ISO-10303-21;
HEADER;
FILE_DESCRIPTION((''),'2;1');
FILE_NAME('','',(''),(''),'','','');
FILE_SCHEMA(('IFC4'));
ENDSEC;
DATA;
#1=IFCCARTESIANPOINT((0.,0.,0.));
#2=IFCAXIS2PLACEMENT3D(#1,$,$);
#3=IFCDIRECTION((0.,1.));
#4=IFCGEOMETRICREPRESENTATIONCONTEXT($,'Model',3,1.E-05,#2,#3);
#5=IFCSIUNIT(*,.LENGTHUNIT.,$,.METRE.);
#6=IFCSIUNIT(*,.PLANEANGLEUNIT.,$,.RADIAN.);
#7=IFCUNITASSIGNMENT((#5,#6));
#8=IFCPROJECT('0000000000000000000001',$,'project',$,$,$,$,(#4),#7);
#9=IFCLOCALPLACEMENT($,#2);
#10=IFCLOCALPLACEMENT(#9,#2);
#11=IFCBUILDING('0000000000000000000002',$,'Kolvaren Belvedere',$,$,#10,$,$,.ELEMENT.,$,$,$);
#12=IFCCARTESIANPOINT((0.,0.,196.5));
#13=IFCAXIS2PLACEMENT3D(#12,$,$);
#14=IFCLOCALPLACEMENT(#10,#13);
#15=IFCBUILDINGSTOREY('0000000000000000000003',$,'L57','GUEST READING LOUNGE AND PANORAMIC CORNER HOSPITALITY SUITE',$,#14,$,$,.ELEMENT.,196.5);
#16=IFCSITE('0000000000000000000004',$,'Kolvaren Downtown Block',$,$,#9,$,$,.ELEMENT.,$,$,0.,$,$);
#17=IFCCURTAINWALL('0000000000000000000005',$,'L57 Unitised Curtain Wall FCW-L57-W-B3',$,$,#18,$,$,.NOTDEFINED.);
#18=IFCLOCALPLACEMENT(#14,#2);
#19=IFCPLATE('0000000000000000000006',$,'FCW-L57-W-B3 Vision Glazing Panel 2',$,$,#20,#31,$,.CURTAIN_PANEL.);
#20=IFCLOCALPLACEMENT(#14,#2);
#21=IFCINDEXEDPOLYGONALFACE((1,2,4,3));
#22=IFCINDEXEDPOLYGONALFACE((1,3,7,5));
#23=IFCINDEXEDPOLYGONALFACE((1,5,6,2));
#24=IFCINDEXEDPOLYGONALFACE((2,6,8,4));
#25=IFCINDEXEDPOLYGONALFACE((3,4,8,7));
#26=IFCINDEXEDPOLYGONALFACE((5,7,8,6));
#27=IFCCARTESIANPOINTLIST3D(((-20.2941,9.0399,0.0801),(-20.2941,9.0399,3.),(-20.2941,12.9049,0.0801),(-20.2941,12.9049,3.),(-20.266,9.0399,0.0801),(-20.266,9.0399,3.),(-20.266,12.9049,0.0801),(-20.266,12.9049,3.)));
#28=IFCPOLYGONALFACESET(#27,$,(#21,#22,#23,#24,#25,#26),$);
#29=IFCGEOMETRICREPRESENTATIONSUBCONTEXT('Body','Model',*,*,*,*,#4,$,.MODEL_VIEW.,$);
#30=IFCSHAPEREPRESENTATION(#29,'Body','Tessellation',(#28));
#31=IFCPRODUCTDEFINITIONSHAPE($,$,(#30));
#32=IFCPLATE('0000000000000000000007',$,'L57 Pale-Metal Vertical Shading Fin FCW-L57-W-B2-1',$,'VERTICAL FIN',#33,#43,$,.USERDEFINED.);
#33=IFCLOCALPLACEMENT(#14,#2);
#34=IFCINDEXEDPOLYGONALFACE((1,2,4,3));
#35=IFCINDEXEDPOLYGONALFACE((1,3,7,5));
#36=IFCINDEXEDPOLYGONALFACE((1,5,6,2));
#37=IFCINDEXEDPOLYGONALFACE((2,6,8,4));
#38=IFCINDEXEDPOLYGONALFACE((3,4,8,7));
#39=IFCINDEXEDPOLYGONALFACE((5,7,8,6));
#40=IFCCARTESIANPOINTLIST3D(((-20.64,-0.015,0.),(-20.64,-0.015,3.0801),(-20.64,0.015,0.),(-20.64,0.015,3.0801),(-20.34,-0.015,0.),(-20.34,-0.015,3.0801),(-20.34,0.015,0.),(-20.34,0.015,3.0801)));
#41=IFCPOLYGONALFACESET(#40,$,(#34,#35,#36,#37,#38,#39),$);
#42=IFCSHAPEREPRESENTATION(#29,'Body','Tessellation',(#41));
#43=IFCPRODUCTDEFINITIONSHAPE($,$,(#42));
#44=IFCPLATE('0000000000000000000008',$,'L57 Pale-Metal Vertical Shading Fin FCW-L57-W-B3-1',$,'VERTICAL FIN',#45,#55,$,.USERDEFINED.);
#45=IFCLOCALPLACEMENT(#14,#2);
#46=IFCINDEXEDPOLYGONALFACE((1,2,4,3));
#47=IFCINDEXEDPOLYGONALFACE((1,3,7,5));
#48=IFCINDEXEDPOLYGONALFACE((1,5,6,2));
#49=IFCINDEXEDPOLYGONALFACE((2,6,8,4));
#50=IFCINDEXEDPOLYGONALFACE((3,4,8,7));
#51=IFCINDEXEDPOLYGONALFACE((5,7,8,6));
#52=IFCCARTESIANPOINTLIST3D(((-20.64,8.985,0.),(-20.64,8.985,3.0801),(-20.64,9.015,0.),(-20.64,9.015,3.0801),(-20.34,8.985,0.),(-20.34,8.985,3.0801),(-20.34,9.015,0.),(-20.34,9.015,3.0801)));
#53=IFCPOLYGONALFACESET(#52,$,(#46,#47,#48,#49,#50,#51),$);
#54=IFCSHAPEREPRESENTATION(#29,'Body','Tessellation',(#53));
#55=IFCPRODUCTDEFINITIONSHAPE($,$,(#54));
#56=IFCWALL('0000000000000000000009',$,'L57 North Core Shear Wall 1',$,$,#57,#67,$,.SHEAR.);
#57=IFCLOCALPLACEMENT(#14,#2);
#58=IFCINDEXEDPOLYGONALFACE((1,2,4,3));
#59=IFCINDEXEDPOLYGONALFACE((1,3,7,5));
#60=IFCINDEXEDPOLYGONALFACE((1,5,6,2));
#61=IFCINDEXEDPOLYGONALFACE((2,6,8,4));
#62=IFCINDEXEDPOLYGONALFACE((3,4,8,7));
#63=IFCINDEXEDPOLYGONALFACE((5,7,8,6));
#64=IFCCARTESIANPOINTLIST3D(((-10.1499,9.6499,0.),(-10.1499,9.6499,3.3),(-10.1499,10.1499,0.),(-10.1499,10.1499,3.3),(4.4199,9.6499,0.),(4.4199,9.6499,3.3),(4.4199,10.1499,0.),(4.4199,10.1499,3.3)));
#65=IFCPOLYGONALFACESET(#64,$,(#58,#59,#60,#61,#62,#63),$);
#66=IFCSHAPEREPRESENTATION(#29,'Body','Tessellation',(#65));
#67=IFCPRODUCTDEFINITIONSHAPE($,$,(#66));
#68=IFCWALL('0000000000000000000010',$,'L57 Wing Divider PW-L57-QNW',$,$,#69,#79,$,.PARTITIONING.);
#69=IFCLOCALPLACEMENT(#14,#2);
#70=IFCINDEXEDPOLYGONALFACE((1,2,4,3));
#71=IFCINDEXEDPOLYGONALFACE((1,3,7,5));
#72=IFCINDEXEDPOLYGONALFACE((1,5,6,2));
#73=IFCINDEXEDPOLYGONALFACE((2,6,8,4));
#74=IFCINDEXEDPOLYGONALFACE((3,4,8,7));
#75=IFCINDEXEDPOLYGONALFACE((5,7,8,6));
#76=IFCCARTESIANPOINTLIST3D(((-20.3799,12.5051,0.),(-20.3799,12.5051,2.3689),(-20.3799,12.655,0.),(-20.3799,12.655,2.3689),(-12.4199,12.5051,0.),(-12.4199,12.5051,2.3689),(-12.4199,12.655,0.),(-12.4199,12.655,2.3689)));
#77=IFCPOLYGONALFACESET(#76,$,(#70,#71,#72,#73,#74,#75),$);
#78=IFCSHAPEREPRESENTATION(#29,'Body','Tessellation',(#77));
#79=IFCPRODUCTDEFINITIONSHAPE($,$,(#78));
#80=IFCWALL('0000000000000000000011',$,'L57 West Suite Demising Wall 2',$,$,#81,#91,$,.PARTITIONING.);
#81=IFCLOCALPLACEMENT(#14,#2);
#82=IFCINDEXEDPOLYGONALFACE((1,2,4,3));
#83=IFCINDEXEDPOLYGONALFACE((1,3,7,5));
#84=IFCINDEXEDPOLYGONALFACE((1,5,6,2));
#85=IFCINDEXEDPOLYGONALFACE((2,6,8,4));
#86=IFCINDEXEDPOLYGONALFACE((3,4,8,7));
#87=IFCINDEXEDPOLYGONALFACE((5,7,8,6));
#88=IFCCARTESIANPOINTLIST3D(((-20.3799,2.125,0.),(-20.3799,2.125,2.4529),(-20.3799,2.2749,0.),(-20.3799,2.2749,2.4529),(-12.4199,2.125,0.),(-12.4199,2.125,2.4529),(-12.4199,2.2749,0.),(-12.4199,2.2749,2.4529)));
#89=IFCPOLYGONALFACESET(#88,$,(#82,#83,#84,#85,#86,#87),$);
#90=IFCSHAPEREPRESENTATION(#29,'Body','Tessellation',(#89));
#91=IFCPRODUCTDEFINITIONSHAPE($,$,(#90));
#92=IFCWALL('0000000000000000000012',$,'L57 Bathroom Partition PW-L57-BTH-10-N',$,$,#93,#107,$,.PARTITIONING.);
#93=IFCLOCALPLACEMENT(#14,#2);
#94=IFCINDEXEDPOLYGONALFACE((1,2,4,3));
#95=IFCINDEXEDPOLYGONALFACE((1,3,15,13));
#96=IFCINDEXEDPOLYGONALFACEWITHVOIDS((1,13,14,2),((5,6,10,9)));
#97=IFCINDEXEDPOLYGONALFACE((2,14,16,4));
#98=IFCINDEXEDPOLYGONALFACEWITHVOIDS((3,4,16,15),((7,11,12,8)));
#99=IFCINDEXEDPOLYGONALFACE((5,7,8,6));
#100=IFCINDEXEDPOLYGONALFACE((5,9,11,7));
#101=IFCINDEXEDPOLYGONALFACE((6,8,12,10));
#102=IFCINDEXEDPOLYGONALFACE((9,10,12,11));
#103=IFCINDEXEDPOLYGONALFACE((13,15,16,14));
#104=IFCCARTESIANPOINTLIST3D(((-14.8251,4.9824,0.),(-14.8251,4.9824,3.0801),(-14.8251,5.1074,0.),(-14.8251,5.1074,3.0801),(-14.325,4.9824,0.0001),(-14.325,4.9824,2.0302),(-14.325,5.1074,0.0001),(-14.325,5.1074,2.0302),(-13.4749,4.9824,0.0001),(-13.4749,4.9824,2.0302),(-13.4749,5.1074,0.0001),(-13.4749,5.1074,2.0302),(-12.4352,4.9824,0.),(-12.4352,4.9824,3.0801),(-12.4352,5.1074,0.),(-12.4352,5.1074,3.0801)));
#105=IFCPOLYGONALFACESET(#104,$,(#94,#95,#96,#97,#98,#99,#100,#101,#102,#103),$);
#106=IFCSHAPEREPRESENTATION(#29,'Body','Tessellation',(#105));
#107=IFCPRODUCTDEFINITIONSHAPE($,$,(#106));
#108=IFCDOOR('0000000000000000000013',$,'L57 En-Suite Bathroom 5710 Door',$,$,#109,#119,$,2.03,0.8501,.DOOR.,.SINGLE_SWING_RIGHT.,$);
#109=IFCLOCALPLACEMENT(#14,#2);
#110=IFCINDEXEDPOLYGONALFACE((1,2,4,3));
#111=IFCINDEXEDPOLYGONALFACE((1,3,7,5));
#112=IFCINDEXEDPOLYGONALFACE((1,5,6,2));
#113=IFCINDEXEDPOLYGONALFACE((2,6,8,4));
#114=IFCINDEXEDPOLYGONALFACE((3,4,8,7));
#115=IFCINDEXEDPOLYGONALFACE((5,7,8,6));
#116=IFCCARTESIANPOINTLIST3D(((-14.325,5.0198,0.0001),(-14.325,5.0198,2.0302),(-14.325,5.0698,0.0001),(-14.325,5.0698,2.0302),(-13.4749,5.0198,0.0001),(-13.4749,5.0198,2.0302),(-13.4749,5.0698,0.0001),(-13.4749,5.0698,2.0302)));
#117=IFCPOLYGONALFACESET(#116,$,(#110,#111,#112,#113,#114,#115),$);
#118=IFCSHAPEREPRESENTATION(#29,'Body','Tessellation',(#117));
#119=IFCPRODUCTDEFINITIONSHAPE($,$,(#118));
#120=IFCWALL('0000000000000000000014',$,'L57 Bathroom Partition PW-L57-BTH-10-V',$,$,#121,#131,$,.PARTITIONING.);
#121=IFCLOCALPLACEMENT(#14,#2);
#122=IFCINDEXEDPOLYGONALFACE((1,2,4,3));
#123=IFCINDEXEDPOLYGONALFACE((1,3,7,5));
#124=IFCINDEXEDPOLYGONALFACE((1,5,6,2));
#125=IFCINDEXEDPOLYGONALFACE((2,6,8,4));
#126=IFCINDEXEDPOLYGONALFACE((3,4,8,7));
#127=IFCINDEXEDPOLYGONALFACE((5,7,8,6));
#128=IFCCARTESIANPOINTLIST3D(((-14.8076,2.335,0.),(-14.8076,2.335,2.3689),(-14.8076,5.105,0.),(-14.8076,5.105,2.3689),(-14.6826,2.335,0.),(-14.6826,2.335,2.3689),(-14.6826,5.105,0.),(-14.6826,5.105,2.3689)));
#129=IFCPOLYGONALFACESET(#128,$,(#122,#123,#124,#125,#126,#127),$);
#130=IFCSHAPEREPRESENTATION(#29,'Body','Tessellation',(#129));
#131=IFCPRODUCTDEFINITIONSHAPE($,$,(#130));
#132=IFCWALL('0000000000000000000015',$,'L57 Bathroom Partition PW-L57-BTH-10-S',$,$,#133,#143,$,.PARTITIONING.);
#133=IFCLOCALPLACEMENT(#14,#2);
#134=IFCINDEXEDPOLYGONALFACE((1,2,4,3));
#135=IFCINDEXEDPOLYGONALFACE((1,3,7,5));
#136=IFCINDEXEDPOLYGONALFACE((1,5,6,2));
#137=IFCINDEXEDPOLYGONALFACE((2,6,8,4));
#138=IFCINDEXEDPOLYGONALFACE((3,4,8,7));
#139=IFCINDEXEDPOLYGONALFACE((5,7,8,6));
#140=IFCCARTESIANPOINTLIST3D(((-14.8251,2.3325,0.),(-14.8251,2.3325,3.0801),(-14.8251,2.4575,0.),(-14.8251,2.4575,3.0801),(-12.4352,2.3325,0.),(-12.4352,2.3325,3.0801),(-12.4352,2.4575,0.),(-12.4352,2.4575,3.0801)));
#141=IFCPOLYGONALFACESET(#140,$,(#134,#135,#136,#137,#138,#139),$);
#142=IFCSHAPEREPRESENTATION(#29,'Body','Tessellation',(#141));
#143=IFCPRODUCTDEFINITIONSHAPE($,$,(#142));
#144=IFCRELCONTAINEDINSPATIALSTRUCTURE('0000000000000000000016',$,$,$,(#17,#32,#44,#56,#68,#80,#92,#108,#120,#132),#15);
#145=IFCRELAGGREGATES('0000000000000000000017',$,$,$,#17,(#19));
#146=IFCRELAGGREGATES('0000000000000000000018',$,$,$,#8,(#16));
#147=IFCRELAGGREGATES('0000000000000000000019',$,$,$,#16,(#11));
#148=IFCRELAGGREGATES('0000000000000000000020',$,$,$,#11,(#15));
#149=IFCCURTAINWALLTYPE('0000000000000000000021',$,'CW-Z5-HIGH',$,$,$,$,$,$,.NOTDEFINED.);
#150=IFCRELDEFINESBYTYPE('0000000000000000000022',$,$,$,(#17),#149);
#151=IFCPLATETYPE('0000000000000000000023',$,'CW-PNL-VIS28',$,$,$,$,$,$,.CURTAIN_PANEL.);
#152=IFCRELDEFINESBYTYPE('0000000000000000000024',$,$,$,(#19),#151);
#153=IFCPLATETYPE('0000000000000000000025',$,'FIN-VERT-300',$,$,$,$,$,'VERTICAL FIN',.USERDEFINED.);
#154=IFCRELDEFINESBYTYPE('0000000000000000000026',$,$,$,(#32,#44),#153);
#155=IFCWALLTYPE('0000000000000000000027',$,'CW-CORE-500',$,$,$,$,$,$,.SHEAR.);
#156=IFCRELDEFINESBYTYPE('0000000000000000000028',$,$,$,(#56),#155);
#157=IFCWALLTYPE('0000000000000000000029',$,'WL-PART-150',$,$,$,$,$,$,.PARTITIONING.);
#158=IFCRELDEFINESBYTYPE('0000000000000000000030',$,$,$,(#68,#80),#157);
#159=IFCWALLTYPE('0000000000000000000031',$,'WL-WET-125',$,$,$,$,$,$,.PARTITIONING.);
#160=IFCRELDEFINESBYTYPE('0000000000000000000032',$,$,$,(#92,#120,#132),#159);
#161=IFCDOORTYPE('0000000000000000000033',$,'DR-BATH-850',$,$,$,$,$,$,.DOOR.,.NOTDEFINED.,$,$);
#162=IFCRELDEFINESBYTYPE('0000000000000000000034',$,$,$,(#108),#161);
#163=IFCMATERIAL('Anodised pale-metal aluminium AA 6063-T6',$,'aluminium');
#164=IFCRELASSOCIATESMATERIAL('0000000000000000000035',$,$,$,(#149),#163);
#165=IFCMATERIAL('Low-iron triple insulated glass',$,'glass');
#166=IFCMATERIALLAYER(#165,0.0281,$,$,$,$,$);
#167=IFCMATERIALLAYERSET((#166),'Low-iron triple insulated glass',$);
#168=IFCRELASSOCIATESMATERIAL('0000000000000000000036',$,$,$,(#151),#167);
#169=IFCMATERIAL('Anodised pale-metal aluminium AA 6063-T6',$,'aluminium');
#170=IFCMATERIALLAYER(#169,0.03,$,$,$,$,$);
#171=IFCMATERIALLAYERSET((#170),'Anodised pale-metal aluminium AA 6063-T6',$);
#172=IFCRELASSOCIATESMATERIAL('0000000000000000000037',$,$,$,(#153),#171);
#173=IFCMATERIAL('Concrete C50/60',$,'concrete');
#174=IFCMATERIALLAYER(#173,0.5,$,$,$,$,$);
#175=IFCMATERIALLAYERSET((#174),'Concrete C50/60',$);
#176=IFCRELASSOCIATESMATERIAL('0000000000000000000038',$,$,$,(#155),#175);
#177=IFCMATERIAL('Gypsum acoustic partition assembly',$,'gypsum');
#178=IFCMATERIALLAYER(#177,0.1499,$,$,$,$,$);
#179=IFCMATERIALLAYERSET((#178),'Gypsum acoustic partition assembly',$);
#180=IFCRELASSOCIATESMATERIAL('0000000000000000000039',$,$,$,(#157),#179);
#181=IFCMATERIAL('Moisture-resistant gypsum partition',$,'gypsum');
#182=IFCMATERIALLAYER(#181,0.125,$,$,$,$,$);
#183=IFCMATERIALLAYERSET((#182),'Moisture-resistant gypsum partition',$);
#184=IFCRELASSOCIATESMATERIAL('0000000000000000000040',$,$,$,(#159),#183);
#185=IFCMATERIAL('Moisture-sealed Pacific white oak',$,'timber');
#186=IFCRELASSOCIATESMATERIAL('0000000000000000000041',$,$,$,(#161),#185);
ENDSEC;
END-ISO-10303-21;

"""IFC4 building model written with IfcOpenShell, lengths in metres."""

from ifc_helpers import new_model, si_unit, direction, frame, frame_2d, origin, origin_2d, place, context, subcontext, project, spatial, rectangle, extrude, material, layer, layer_set, type_object, element, fill, aggregate, save


model = new_model("IFC4")

# Units and contexts
model_context = context("Model", 3, precision=1e-05, world=origin(), true_north=direction((0.0, 1.0)))
body_context = subcontext(model_context, "Body", "Model", "MODEL_VIEW")
ifc_project = project(units=[si_unit("LENGTHUNIT", "METRE"), si_unit("PLANEANGLEUNIT", "RADIAN")], contexts=[model_context])

# Site, building, storey
site_placement = place(None, origin())
site = spatial("IfcSite", under=ifc_project, at=site_placement, Name="Kolvaren Downtown Block", CompositionType="ELEMENT", RefElevation=0.0)
building_placement = place(site_placement, origin())
building = spatial("IfcBuilding", under=site, at=building_placement, Name="Kolvaren Belvedere", CompositionType="ELEMENT")
storey_placement = place(building_placement, frame((0.0, 0.0, 196.5)))
storey = spatial("IfcBuildingStorey", under=building, at=storey_placement, Name="L57", Description="GUEST READING LOUNGE AND PANORAMIC CORNER HOSPITALITY SUITE", CompositionType="ELEMENT", Elevation=196.5)

# Curtain wall
ifc_material_1 = material(Name="Anodised pale-metal aluminium AA 6063-T6", Category="aluminium")
curtain_wall_type = type_object("IfcCurtainWallType", Name="CW-Z5-HIGH", PredefinedType="NOTDEFINED", material=ifc_material_1)
curtain_wall_1_placement = place(storey_placement, origin())
curtain_wall_1 = element("IfcCurtainWall", 1, at=curtain_wall_1_placement, inside=storey, type_object=curtain_wall_type, Name="L57 Unitised Curtain Wall FCW-L57-W-B3", PredefinedType="NOTDEFINED")

# Plate
ifc_material_2 = material(Name="Low-iron triple insulated glass", Category="glass")
ifc_layer_1 = layer(ifc_material_2, 0.0281)
ifc_layer_set_1 = layer_set([ifc_layer_1], Name="Low-iron triple insulated glass")
plate_type_1 = type_object("IfcPlateType", Name="CW-PNL-VIS28", PredefinedType="CURTAIN_PANEL", material=ifc_layer_set_1)
plate_1_placement = place(storey_placement, frame((-20.28, 10.9724, 0.0801), z_axis=(0.0, 0.0, 1.0), x_axis=(0.0, 1.0, 0.0)))
plate_1 = element("IfcPlate", 2, at=plate_1_placement, type_object=plate_type_1, Name="FCW-L57-W-B3 Vision Glazing Panel 2", PredefinedType="CURTAIN_PANEL", context=body_context, shape_type="SweptSolid", body=[
    extrude(rectangle(XDim=3.865, YDim=0.0281, at=origin_2d()), origin(), (0.0, 0.0, 1.0), 2.9199),
])
aggregate(curtain_wall_1, [plate_1])

# Plates
ifc_material_3 = material(Name="Anodised pale-metal aluminium AA 6063-T6", Category="aluminium")
ifc_layer_2 = layer(ifc_material_3, 0.03)
ifc_layer_set_2 = layer_set([ifc_layer_2], Name="Anodised pale-metal aluminium AA 6063-T6")
plate_type_2 = type_object("IfcPlateType", Name="FIN-VERT-300", ElementType="VERTICAL FIN", PredefinedType="USERDEFINED", material=ifc_layer_set_2)
for number, where, z_axis, x_axis, name in (
    (3, (-20.49, 0.0, 0.0), (0.0, 0.0, 1.0), (1.0, 0.0, 0.0), "L57 Pale-Metal Vertical Shading Fin FCW-L57-W-B2-1"),
    (4, (-20.49, 9.0, 0.0), (0.0, 0.0, 1.0), (1.0, 0.0, 0.0), "L57 Pale-Metal Vertical Shading Fin FCW-L57-W-B3-1"),
):
    element("IfcPlate", number, at=place(storey_placement, frame(where, z_axis=z_axis, x_axis=x_axis)), inside=storey, type_object=plate_type_2, Name=name, ObjectType="VERTICAL FIN", PredefinedType="USERDEFINED", context=body_context, shape_type="SweptSolid", body=[
        extrude(rectangle(XDim=0.3, YDim=0.03, at=origin_2d()), origin(), (0.0, 0.0, 1.0), 3.0801),
    ])

# Walls
ifc_material_4 = material(Name="Concrete C50/60", Category="concrete")
ifc_layer_3 = layer(ifc_material_4, 0.5)
ifc_layer_set_3 = layer_set([ifc_layer_3], Name="Concrete C50/60")
wall_type_1 = type_object("IfcWallType", Name="CW-CORE-500", PredefinedType="SHEAR", material=ifc_layer_set_3)
wall_1_placement = place(storey_placement, frame((-10.1499, 9.8999, 0.0), z_axis=(0.0, 0.0, 1.0), x_axis=(1.0, 0.0, 0.0)))
element("IfcWall", 5, at=wall_1_placement, inside=storey, type_object=wall_type_1, Name="L57 North Core Shear Wall 1", PredefinedType="SHEAR", context=body_context, shape_type="SweptSolid", body=[
    extrude(rectangle(XDim=14.5698, YDim=0.5, at=frame_2d((7.2849, 0.0))), origin(), (0.0, 0.0, 1.0), 3.3),
])
ifc_material_5 = material(Name="Gypsum acoustic partition assembly", Category="gypsum")
ifc_layer_4 = layer(ifc_material_5, 0.1499)
ifc_layer_set_4 = layer_set([ifc_layer_4], Name="Gypsum acoustic partition assembly")
wall_type_2 = type_object("IfcWallType", Name="WL-PART-150", PredefinedType="PARTITIONING", material=ifc_layer_set_4)
wall_2_placement = place(storey_placement, frame((-20.3799, 12.5801, 0.0), z_axis=(0.0, 0.0, 1.0), x_axis=(1.0, 0.0, 0.0)))
element("IfcWall", 6, at=wall_2_placement, inside=storey, type_object=wall_type_2, Name="L57 Wing Divider PW-L57-QNW", PredefinedType="PARTITIONING", context=body_context, shape_type="SweptSolid", body=[
    extrude(rectangle(XDim=7.96, YDim=0.1499, at=frame_2d((3.98, 0.0))), origin(), (0.0, 0.0, 1.0), 2.3689),
])
wall_3_placement = place(storey_placement, frame((-20.3799, 2.2, 0.0), z_axis=(0.0, 0.0, 1.0), x_axis=(1.0, 0.0, 0.0)))
element("IfcWall", 7, at=wall_3_placement, inside=storey, type_object=wall_type_2, Name="L57 West Suite Demising Wall 2", PredefinedType="PARTITIONING", context=body_context, shape_type="SweptSolid", body=[
    extrude(rectangle(XDim=7.96, YDim=0.1499, at=frame_2d((3.98, 0.0))), origin(), (0.0, 0.0, 1.0), 2.4529),
])

# Wall, opening, door
ifc_material_6 = material(Name="Moisture-resistant gypsum partition", Category="gypsum")
ifc_layer_5 = layer(ifc_material_6, 0.125)
ifc_layer_set_5 = layer_set([ifc_layer_5], Name="Moisture-resistant gypsum partition")
wall_type_3 = type_object("IfcWallType", Name="WL-WET-125", PredefinedType="PARTITIONING", material=ifc_layer_set_5)
wall_4_placement = place(storey_placement, frame((-14.825, 5.0449, 0.0), z_axis=(0.0, 0.0, 1.0), x_axis=(1.0, 0.0, 0.0)))
wall_4 = element("IfcWall", 8, at=wall_4_placement, inside=storey, type_object=wall_type_3, Name="L57 Bathroom Partition PW-L57-BTH-10-N", PredefinedType="PARTITIONING", context=body_context, shape_type="SweptSolid", body=[
    extrude(rectangle(XDim=2.3899, YDim=0.125, at=frame_2d((1.1948, 0.0))), origin(), (0.0, 0.0, 1.0), 3.0801),
])
opening_placement = place(wall_4_placement, frame((0.5, 0.0, 0.0)))
opening = element("IfcOpeningElement", 9, at=opening_placement, cuts=wall_4, PredefinedType="OPENING", context=body_context, shape_type="SweptSolid", body=[
    extrude(rectangle(XDim=0.8501, YDim=2.03, at=frame_2d((0.425, 1.0151))), frame((0.0, 0.0725, 0.0), z_axis=(0.0, -1.0, 0.0), x_axis=(1.0, 0.0, 0.0)), (0.0, 0.0, 1.0), 0.145),
])
ifc_material_7 = material(Name="Moisture-sealed Pacific white oak", Category="timber")
door_type = type_object("IfcDoorType", Name="DR-BATH-850", OperationType="NOTDEFINED", PredefinedType="DOOR", material=ifc_material_7)
door_placement = place(opening_placement, origin())
door = element("IfcDoor", 10, at=door_placement, inside=storey, type_object=door_type, Name="L57 En-Suite Bathroom 5710 Door", OperationType="SINGLE_SWING_RIGHT", OverallHeight=2.03, OverallWidth=0.8501, PredefinedType="DOOR", context=body_context, shape_type="SweptSolid", body=[
    extrude(rectangle(XDim=0.8501, YDim=2.03, at=frame_2d((0.425, 1.0151))), frame((0.0, 0.0249, 0.0), z_axis=(0.0, -1.0, 0.0), x_axis=(1.0, 0.0, 0.0)), (0.0, 0.0, 1.0), 0.05),
])
fill(opening, door)

# Walls
wall_5_placement = place(storey_placement, frame((-14.7451, 2.335, 0.0), z_axis=(0.0, 0.0, 1.0), x_axis=(0.0, 1.0, 0.0)))
element("IfcWall", 11, at=wall_5_placement, inside=storey, type_object=wall_type_3, Name="L57 Bathroom Partition PW-L57-BTH-10-V", PredefinedType="PARTITIONING", context=body_context, shape_type="SweptSolid", body=[
    extrude(rectangle(XDim=2.77, YDim=0.125, at=frame_2d((1.385, 0.0))), origin(), (0.0, 0.0, 1.0), 2.3689),
])
wall_6_placement = place(storey_placement, frame((-14.825, 2.395, 0.0), z_axis=(0.0, 0.0, 1.0), x_axis=(1.0, 0.0, 0.0)))
element("IfcWall", 12, at=wall_6_placement, inside=storey, type_object=wall_type_3, Name="L57 Bathroom Partition PW-L57-BTH-10-S", PredefinedType="PARTITIONING", context=body_context, shape_type="SweptSolid", body=[
    extrude(rectangle(XDim=2.3899, YDim=0.125, at=frame_2d((1.1948, 0.0))), origin(), (0.0, 0.0, 1.0), 3.0801),
])

save(model, "model.ifc")
